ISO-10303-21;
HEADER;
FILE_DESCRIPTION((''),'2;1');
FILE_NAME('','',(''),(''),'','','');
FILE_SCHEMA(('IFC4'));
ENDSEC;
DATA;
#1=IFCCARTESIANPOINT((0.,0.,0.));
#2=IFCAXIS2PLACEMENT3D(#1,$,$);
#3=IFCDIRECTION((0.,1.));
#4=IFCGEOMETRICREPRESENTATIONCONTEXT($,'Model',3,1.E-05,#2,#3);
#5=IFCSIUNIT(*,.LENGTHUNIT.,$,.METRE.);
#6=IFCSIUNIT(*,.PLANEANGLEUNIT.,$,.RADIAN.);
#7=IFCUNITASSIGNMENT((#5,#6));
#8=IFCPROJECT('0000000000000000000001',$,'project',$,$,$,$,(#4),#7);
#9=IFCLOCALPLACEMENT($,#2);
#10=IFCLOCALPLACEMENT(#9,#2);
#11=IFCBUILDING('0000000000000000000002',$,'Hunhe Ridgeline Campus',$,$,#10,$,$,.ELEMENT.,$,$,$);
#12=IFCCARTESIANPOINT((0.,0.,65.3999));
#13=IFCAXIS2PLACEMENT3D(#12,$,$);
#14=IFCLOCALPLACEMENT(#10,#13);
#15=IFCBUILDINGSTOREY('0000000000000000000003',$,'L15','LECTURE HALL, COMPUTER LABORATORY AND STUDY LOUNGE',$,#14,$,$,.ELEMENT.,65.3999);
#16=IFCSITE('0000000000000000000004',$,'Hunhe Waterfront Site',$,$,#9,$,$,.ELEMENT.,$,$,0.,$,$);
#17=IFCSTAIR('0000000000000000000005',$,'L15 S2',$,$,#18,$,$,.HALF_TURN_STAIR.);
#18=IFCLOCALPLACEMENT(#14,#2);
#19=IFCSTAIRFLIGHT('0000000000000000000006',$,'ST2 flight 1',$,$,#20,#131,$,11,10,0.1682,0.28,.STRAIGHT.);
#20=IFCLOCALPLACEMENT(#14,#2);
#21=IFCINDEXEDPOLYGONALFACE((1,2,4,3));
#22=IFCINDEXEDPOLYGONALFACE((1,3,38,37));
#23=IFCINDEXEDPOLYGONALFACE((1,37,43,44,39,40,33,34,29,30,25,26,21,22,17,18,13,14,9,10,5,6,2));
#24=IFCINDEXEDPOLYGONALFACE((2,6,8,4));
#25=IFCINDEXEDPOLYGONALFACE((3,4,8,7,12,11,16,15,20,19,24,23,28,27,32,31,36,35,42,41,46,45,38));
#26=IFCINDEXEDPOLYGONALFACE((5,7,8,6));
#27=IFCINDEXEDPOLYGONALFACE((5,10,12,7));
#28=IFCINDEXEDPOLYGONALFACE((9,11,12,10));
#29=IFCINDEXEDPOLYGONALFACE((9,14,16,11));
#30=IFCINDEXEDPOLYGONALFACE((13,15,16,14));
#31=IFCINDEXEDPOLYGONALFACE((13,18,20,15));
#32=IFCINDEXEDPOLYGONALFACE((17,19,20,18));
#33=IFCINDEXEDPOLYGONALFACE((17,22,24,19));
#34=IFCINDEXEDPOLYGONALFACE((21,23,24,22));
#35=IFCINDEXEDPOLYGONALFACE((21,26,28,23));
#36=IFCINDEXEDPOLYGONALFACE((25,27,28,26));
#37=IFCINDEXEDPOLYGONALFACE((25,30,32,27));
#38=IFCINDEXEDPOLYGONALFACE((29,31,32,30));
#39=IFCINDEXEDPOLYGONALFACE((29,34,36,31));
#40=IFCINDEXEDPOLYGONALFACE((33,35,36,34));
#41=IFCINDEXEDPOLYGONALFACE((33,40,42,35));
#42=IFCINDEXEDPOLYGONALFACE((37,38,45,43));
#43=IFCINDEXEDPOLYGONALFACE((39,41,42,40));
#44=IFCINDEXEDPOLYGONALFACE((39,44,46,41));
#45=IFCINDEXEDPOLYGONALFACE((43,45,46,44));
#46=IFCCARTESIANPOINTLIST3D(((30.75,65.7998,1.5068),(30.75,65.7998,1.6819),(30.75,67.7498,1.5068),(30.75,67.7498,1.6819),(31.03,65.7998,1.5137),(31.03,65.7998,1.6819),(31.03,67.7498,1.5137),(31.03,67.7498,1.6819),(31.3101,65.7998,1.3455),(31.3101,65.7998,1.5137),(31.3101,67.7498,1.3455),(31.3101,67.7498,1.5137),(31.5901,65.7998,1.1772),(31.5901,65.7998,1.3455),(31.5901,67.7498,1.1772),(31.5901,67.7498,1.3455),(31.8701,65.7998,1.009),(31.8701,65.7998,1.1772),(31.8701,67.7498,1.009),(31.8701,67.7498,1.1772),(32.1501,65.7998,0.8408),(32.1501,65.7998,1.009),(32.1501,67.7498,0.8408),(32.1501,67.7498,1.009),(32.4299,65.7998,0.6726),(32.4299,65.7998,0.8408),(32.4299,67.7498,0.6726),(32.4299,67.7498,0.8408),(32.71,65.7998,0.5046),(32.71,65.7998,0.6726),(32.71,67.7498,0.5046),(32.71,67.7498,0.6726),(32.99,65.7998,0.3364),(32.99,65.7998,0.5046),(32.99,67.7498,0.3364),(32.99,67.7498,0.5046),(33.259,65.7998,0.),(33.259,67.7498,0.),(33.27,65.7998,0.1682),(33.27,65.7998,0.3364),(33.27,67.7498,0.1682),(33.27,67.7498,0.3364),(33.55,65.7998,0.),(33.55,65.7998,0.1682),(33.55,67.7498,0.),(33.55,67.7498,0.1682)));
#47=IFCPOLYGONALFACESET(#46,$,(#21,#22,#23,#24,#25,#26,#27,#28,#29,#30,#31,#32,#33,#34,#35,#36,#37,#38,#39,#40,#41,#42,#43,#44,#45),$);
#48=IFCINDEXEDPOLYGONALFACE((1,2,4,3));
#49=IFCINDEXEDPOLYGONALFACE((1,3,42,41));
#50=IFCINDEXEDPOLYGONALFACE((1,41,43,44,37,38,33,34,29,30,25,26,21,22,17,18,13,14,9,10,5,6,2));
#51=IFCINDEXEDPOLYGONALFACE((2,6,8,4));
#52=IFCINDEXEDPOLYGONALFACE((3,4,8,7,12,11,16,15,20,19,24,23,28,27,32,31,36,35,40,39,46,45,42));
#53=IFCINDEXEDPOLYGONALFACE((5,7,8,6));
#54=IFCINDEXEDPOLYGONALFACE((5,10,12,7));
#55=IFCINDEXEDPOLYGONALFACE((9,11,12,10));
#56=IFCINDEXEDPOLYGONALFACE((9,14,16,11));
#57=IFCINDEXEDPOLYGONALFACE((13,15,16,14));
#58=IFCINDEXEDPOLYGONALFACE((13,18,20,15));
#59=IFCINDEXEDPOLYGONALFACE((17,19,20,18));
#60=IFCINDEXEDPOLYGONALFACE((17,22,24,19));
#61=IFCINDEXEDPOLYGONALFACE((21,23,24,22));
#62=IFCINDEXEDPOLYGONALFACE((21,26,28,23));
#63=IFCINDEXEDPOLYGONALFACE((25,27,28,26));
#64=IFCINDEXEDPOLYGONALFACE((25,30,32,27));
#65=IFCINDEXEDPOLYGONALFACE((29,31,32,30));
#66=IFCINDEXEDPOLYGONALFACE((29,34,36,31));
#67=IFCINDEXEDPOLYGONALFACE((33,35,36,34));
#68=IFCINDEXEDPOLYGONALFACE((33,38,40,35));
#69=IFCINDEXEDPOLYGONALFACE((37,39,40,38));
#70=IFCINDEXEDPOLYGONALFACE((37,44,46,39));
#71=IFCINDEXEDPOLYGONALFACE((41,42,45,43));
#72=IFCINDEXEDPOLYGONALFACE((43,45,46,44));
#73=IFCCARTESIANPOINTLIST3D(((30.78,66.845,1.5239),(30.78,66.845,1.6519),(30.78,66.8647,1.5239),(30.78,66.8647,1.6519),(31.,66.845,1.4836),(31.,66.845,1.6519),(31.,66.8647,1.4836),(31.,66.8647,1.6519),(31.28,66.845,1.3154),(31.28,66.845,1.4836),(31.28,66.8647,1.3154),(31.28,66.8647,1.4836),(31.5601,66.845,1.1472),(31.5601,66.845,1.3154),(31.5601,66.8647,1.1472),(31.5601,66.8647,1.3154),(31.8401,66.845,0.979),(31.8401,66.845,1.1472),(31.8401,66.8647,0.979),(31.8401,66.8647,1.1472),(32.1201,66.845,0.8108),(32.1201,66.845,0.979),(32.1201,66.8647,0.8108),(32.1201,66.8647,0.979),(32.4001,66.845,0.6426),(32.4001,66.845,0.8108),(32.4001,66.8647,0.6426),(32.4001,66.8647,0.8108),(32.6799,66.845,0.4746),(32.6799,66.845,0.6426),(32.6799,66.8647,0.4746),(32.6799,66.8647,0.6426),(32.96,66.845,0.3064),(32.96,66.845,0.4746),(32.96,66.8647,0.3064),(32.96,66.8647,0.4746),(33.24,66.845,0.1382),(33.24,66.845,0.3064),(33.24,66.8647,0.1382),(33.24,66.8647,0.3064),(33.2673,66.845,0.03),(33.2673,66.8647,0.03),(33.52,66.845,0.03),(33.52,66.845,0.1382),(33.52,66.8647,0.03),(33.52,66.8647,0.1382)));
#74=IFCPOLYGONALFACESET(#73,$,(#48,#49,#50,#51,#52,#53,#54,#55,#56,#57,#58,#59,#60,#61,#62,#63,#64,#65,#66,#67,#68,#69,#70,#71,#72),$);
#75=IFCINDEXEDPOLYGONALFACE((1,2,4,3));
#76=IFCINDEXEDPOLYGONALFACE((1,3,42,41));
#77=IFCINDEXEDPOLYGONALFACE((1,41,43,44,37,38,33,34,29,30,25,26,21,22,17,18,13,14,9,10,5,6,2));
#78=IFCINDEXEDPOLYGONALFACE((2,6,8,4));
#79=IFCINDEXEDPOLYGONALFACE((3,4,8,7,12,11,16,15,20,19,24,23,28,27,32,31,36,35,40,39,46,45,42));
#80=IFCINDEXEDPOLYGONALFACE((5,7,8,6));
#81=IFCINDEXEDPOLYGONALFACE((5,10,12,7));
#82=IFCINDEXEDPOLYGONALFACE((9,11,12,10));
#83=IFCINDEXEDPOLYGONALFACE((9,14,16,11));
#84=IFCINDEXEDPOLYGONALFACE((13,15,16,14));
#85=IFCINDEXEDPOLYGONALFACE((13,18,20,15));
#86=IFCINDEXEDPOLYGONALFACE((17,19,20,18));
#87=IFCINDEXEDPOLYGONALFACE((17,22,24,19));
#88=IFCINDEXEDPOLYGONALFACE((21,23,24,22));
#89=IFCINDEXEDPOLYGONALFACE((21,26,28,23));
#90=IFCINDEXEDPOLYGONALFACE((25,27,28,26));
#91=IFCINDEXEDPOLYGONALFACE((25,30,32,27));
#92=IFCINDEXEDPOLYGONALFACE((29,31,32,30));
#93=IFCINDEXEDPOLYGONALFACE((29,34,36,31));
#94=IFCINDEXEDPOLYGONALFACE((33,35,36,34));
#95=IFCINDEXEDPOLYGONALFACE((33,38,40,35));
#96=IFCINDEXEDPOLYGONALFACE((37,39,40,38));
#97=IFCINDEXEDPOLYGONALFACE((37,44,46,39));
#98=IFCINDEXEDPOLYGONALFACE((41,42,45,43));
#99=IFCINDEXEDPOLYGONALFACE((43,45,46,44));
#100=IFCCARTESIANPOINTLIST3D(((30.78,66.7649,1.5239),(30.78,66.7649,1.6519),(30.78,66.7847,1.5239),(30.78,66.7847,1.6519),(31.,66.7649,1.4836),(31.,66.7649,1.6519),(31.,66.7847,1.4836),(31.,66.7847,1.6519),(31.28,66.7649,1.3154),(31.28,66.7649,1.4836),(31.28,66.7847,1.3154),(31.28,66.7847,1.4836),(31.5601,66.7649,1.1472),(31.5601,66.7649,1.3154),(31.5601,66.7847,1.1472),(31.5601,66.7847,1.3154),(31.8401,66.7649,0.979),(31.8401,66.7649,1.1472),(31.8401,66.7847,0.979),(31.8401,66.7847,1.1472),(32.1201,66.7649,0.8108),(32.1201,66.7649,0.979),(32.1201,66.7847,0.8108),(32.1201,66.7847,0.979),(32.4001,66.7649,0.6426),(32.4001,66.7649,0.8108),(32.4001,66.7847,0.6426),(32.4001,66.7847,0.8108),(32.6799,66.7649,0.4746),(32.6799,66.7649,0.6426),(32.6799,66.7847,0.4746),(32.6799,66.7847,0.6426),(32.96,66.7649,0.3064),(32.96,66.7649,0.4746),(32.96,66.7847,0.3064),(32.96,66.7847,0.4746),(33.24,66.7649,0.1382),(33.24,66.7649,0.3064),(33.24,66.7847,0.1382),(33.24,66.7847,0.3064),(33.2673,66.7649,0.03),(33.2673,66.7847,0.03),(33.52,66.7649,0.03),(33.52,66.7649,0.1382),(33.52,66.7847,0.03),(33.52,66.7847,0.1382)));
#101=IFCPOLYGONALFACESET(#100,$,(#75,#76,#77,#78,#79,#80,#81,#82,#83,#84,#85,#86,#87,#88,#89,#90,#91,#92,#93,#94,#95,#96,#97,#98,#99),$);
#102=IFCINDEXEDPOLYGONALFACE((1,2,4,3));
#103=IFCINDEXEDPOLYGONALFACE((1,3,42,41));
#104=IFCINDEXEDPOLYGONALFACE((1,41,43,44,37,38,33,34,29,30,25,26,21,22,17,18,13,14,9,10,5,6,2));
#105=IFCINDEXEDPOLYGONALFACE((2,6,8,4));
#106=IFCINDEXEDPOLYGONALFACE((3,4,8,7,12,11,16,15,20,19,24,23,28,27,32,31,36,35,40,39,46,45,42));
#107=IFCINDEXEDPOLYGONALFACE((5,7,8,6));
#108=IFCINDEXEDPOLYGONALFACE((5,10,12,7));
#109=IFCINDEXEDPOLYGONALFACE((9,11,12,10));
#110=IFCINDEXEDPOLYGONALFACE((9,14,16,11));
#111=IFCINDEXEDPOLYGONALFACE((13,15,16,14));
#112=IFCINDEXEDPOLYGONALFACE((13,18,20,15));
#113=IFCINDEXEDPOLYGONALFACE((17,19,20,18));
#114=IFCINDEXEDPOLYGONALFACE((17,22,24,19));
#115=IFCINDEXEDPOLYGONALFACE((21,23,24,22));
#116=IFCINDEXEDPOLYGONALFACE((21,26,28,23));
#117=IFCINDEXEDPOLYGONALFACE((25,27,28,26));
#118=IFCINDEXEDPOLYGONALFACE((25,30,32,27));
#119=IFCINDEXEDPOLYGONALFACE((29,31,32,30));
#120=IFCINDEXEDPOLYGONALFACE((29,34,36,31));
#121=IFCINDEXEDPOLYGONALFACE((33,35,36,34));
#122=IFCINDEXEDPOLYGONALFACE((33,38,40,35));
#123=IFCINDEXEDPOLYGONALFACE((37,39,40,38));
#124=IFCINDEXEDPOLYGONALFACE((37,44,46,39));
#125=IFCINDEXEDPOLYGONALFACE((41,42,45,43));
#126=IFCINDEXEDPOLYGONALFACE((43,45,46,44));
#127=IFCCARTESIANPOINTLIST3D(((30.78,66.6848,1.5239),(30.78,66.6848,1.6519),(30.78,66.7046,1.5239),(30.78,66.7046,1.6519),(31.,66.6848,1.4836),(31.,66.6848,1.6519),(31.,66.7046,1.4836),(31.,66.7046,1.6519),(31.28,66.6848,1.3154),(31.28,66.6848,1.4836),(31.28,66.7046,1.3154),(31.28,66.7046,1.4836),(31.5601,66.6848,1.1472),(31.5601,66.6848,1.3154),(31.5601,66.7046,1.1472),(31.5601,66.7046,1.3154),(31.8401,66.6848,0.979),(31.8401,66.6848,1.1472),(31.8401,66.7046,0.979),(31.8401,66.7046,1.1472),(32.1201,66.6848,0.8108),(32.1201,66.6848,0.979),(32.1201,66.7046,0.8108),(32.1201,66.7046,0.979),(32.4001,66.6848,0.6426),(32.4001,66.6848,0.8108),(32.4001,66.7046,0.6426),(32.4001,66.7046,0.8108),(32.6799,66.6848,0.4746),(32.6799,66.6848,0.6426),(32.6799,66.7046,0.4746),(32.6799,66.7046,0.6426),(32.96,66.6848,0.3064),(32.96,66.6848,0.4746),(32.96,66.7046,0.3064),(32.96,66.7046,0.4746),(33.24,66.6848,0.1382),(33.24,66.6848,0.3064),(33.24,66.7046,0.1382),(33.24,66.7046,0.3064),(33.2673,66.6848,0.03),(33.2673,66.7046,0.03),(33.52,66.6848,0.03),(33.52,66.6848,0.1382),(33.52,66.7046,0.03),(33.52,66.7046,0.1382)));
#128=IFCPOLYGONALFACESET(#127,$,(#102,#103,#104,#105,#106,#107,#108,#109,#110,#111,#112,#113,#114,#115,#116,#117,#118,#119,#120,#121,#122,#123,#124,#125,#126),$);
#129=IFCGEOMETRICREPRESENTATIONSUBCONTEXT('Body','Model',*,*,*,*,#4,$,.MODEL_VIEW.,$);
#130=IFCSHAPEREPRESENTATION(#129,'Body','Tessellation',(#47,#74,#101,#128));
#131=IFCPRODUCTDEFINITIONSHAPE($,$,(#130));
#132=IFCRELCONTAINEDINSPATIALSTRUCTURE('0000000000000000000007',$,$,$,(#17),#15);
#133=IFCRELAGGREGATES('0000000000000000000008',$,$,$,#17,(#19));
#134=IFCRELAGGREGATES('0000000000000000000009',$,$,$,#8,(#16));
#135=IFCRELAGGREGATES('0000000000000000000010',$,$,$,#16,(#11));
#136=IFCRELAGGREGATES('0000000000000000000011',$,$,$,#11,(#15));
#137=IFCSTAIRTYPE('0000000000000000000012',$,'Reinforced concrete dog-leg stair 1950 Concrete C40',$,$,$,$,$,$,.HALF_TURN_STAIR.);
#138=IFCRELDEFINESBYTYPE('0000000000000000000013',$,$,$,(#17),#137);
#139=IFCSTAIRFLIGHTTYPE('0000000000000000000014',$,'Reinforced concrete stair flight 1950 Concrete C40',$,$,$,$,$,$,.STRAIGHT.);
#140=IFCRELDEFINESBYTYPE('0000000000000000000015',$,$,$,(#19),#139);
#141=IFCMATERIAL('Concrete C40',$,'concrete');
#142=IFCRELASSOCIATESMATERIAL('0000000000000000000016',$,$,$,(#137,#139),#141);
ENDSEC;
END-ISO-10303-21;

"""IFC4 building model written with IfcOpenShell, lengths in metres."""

from ifc_helpers import new_model, si_unit, direction, frame, origin, place, context, subcontext, project, spatial, polyline, outline, extrude, material, type_object, element, aggregate, save


model = new_model("IFC4")

# Units and contexts
model_context = context("Model", 3, precision=1e-05, world=origin(), true_north=direction((0.0, 1.0)))
body_context = subcontext(model_context, "Body", "Model", "MODEL_VIEW")
ifc_project = project(units=[si_unit("LENGTHUNIT", "METRE"), si_unit("PLANEANGLEUNIT", "RADIAN")], contexts=[model_context])

# Site, building, storey
site_placement = place(None, origin())
site = spatial("IfcSite", under=ifc_project, at=site_placement, Name="Hunhe Waterfront Site", CompositionType="ELEMENT", RefElevation=0.0)
building_placement = place(site_placement, origin())
building = spatial("IfcBuilding", under=site, at=building_placement, Name="Hunhe Ridgeline Campus", CompositionType="ELEMENT")
storey_placement = place(building_placement, frame((0.0, 0.0, 65.3999)))
storey = spatial("IfcBuildingStorey", under=building, at=storey_placement, Name="L15", Description="LECTURE HALL, COMPUTER LABORATORY AND STUDY LOUNGE", CompositionType="ELEMENT", Elevation=65.3999)

# Shared definitions
ifc_material_1 = material(Name="Concrete C40", Category="concrete")
stair_type = type_object("IfcStairType", Name="Reinforced concrete dog-leg stair 1950 Concrete C40", PredefinedType="HALF_TURN_STAIR", material=ifc_material_1)
stair_flight_type = type_object("IfcStairFlightType", Name="Reinforced concrete stair flight 1950 Concrete C40", PredefinedType="STRAIGHT", material=ifc_material_1)

# Stair, stair flight
stair_1_placement = place(storey_placement, origin())
stair_1 = element("IfcStair", 1, at=stair_1_placement, inside=storey, type_object=stair_type, Name="L15 S2", PredefinedType="HALF_TURN_STAIR")
stair_flight_1_placement = place(storey_placement, frame((33.55, 66.7749, 0.0), z_axis=(0.0, 0.0, 1.0), x_axis=(-1.0, 0.0, 0.0)))
stair_flight_1 = element("IfcStairFlight", 2, at=stair_flight_1_placement, type_object=stair_flight_type, Name="ST2 flight 1", NumberOfRisers=11, NumberOfTreads=10, PredefinedType="STRAIGHT", RiserHeight=0.1682, TreadLength=0.28, context=body_context, shape_type="SweptSolid", body=[
    extrude(outline(polyline([(0.0, 0.0), (0.0, 0.1682), (0.28, 0.1682), (0.28, 0.3364), (0.5601, 0.3364), (0.5601, 0.5046), (0.8401, 0.5046), (0.8401, 0.6726), (1.1201, 0.6726), (1.1201, 0.8408), (1.3999, 0.8408), (1.3999, 1.009), (1.6799, 1.009), (1.6799, 1.1772), (1.96, 1.1772), (1.96, 1.3455), (2.24, 1.3455), (2.24, 1.5137), (2.52, 1.5137), (2.52, 1.6819), (2.8, 1.6819), (2.8, 1.8501), (2.8, 1.5068), (0.291, 0.0), (0.0, 0.0)])), frame((0.0, 0.9751, 0.0), z_axis=(0.0, -1.0, 0.0), x_axis=(1.0, 0.0, 0.0)), (0.0, 0.0, 1.0), 1.95),
    extrude(outline(polyline([(0.03, 0.03), (0.03, 0.1382), (0.3101, 0.1382), (0.3101, 0.3064), (0.5901, 0.3064), (0.5901, 0.4746), (0.8701, 0.4746), (0.8701, 0.6426), (1.1499, 0.6426), (1.1499, 0.8108), (1.4299, 0.8108), (1.4299, 0.979), (1.71, 0.979), (1.71, 1.1472), (1.99, 1.1472), (1.99, 1.3154), (2.27, 1.3154), (2.27, 1.4836), (2.55, 1.4836), (2.55, 1.6519), (2.77, 1.6519), (2.77, 1.5239), (0.2827, 0.03), (0.03, 0.03)])), frame((0.0, -0.0701, 0.0), z_axis=(0.0, -1.0, 0.0), x_axis=(1.0, 0.0, 0.0)), (0.0, 0.0, 1.0), 0.0198),
    extrude(outline(polyline([(0.03, 0.03), (0.03, 0.1382), (0.3101, 0.1382), (0.3101, 0.3064), (0.5901, 0.3064), (0.5901, 0.4746), (0.8701, 0.4746), (0.8701, 0.6426), (1.1499, 0.6426), (1.1499, 0.8108), (1.4299, 0.8108), (1.4299, 0.979), (1.71, 0.979), (1.71, 1.1472), (1.99, 1.1472), (1.99, 1.3154), (2.27, 1.3154), (2.27, 1.4836), (2.55, 1.4836), (2.55, 1.6519), (2.77, 1.6519), (2.77, 1.5239), (0.2827, 0.03), (0.03, 0.03)])), frame((0.0, 0.01, 0.0), z_axis=(0.0, -1.0, 0.0), x_axis=(1.0, 0.0, 0.0)), (0.0, 0.0, 1.0), 0.0198),
    extrude(outline(polyline([(0.03, 0.03), (0.03, 0.1382), (0.3101, 0.1382), (0.3101, 0.3064), (0.5901, 0.3064), (0.5901, 0.4746), (0.8701, 0.4746), (0.8701, 0.6426), (1.1499, 0.6426), (1.1499, 0.8108), (1.4299, 0.8108), (1.4299, 0.979), (1.71, 0.979), (1.71, 1.1472), (1.99, 1.1472), (1.99, 1.3154), (2.27, 1.3154), (2.27, 1.4836), (2.55, 1.4836), (2.55, 1.6519), (2.77, 1.6519), (2.77, 1.5239), (0.2827, 0.03), (0.03, 0.03)])), frame((0.0, 0.0901, 0.0), z_axis=(0.0, -1.0, 0.0), x_axis=(1.0, 0.0, 0.0)), (0.0, 0.0, 1.0), 0.0198),
])
aggregate(stair_1, [stair_flight_1])

save(model, "model.ifc")
